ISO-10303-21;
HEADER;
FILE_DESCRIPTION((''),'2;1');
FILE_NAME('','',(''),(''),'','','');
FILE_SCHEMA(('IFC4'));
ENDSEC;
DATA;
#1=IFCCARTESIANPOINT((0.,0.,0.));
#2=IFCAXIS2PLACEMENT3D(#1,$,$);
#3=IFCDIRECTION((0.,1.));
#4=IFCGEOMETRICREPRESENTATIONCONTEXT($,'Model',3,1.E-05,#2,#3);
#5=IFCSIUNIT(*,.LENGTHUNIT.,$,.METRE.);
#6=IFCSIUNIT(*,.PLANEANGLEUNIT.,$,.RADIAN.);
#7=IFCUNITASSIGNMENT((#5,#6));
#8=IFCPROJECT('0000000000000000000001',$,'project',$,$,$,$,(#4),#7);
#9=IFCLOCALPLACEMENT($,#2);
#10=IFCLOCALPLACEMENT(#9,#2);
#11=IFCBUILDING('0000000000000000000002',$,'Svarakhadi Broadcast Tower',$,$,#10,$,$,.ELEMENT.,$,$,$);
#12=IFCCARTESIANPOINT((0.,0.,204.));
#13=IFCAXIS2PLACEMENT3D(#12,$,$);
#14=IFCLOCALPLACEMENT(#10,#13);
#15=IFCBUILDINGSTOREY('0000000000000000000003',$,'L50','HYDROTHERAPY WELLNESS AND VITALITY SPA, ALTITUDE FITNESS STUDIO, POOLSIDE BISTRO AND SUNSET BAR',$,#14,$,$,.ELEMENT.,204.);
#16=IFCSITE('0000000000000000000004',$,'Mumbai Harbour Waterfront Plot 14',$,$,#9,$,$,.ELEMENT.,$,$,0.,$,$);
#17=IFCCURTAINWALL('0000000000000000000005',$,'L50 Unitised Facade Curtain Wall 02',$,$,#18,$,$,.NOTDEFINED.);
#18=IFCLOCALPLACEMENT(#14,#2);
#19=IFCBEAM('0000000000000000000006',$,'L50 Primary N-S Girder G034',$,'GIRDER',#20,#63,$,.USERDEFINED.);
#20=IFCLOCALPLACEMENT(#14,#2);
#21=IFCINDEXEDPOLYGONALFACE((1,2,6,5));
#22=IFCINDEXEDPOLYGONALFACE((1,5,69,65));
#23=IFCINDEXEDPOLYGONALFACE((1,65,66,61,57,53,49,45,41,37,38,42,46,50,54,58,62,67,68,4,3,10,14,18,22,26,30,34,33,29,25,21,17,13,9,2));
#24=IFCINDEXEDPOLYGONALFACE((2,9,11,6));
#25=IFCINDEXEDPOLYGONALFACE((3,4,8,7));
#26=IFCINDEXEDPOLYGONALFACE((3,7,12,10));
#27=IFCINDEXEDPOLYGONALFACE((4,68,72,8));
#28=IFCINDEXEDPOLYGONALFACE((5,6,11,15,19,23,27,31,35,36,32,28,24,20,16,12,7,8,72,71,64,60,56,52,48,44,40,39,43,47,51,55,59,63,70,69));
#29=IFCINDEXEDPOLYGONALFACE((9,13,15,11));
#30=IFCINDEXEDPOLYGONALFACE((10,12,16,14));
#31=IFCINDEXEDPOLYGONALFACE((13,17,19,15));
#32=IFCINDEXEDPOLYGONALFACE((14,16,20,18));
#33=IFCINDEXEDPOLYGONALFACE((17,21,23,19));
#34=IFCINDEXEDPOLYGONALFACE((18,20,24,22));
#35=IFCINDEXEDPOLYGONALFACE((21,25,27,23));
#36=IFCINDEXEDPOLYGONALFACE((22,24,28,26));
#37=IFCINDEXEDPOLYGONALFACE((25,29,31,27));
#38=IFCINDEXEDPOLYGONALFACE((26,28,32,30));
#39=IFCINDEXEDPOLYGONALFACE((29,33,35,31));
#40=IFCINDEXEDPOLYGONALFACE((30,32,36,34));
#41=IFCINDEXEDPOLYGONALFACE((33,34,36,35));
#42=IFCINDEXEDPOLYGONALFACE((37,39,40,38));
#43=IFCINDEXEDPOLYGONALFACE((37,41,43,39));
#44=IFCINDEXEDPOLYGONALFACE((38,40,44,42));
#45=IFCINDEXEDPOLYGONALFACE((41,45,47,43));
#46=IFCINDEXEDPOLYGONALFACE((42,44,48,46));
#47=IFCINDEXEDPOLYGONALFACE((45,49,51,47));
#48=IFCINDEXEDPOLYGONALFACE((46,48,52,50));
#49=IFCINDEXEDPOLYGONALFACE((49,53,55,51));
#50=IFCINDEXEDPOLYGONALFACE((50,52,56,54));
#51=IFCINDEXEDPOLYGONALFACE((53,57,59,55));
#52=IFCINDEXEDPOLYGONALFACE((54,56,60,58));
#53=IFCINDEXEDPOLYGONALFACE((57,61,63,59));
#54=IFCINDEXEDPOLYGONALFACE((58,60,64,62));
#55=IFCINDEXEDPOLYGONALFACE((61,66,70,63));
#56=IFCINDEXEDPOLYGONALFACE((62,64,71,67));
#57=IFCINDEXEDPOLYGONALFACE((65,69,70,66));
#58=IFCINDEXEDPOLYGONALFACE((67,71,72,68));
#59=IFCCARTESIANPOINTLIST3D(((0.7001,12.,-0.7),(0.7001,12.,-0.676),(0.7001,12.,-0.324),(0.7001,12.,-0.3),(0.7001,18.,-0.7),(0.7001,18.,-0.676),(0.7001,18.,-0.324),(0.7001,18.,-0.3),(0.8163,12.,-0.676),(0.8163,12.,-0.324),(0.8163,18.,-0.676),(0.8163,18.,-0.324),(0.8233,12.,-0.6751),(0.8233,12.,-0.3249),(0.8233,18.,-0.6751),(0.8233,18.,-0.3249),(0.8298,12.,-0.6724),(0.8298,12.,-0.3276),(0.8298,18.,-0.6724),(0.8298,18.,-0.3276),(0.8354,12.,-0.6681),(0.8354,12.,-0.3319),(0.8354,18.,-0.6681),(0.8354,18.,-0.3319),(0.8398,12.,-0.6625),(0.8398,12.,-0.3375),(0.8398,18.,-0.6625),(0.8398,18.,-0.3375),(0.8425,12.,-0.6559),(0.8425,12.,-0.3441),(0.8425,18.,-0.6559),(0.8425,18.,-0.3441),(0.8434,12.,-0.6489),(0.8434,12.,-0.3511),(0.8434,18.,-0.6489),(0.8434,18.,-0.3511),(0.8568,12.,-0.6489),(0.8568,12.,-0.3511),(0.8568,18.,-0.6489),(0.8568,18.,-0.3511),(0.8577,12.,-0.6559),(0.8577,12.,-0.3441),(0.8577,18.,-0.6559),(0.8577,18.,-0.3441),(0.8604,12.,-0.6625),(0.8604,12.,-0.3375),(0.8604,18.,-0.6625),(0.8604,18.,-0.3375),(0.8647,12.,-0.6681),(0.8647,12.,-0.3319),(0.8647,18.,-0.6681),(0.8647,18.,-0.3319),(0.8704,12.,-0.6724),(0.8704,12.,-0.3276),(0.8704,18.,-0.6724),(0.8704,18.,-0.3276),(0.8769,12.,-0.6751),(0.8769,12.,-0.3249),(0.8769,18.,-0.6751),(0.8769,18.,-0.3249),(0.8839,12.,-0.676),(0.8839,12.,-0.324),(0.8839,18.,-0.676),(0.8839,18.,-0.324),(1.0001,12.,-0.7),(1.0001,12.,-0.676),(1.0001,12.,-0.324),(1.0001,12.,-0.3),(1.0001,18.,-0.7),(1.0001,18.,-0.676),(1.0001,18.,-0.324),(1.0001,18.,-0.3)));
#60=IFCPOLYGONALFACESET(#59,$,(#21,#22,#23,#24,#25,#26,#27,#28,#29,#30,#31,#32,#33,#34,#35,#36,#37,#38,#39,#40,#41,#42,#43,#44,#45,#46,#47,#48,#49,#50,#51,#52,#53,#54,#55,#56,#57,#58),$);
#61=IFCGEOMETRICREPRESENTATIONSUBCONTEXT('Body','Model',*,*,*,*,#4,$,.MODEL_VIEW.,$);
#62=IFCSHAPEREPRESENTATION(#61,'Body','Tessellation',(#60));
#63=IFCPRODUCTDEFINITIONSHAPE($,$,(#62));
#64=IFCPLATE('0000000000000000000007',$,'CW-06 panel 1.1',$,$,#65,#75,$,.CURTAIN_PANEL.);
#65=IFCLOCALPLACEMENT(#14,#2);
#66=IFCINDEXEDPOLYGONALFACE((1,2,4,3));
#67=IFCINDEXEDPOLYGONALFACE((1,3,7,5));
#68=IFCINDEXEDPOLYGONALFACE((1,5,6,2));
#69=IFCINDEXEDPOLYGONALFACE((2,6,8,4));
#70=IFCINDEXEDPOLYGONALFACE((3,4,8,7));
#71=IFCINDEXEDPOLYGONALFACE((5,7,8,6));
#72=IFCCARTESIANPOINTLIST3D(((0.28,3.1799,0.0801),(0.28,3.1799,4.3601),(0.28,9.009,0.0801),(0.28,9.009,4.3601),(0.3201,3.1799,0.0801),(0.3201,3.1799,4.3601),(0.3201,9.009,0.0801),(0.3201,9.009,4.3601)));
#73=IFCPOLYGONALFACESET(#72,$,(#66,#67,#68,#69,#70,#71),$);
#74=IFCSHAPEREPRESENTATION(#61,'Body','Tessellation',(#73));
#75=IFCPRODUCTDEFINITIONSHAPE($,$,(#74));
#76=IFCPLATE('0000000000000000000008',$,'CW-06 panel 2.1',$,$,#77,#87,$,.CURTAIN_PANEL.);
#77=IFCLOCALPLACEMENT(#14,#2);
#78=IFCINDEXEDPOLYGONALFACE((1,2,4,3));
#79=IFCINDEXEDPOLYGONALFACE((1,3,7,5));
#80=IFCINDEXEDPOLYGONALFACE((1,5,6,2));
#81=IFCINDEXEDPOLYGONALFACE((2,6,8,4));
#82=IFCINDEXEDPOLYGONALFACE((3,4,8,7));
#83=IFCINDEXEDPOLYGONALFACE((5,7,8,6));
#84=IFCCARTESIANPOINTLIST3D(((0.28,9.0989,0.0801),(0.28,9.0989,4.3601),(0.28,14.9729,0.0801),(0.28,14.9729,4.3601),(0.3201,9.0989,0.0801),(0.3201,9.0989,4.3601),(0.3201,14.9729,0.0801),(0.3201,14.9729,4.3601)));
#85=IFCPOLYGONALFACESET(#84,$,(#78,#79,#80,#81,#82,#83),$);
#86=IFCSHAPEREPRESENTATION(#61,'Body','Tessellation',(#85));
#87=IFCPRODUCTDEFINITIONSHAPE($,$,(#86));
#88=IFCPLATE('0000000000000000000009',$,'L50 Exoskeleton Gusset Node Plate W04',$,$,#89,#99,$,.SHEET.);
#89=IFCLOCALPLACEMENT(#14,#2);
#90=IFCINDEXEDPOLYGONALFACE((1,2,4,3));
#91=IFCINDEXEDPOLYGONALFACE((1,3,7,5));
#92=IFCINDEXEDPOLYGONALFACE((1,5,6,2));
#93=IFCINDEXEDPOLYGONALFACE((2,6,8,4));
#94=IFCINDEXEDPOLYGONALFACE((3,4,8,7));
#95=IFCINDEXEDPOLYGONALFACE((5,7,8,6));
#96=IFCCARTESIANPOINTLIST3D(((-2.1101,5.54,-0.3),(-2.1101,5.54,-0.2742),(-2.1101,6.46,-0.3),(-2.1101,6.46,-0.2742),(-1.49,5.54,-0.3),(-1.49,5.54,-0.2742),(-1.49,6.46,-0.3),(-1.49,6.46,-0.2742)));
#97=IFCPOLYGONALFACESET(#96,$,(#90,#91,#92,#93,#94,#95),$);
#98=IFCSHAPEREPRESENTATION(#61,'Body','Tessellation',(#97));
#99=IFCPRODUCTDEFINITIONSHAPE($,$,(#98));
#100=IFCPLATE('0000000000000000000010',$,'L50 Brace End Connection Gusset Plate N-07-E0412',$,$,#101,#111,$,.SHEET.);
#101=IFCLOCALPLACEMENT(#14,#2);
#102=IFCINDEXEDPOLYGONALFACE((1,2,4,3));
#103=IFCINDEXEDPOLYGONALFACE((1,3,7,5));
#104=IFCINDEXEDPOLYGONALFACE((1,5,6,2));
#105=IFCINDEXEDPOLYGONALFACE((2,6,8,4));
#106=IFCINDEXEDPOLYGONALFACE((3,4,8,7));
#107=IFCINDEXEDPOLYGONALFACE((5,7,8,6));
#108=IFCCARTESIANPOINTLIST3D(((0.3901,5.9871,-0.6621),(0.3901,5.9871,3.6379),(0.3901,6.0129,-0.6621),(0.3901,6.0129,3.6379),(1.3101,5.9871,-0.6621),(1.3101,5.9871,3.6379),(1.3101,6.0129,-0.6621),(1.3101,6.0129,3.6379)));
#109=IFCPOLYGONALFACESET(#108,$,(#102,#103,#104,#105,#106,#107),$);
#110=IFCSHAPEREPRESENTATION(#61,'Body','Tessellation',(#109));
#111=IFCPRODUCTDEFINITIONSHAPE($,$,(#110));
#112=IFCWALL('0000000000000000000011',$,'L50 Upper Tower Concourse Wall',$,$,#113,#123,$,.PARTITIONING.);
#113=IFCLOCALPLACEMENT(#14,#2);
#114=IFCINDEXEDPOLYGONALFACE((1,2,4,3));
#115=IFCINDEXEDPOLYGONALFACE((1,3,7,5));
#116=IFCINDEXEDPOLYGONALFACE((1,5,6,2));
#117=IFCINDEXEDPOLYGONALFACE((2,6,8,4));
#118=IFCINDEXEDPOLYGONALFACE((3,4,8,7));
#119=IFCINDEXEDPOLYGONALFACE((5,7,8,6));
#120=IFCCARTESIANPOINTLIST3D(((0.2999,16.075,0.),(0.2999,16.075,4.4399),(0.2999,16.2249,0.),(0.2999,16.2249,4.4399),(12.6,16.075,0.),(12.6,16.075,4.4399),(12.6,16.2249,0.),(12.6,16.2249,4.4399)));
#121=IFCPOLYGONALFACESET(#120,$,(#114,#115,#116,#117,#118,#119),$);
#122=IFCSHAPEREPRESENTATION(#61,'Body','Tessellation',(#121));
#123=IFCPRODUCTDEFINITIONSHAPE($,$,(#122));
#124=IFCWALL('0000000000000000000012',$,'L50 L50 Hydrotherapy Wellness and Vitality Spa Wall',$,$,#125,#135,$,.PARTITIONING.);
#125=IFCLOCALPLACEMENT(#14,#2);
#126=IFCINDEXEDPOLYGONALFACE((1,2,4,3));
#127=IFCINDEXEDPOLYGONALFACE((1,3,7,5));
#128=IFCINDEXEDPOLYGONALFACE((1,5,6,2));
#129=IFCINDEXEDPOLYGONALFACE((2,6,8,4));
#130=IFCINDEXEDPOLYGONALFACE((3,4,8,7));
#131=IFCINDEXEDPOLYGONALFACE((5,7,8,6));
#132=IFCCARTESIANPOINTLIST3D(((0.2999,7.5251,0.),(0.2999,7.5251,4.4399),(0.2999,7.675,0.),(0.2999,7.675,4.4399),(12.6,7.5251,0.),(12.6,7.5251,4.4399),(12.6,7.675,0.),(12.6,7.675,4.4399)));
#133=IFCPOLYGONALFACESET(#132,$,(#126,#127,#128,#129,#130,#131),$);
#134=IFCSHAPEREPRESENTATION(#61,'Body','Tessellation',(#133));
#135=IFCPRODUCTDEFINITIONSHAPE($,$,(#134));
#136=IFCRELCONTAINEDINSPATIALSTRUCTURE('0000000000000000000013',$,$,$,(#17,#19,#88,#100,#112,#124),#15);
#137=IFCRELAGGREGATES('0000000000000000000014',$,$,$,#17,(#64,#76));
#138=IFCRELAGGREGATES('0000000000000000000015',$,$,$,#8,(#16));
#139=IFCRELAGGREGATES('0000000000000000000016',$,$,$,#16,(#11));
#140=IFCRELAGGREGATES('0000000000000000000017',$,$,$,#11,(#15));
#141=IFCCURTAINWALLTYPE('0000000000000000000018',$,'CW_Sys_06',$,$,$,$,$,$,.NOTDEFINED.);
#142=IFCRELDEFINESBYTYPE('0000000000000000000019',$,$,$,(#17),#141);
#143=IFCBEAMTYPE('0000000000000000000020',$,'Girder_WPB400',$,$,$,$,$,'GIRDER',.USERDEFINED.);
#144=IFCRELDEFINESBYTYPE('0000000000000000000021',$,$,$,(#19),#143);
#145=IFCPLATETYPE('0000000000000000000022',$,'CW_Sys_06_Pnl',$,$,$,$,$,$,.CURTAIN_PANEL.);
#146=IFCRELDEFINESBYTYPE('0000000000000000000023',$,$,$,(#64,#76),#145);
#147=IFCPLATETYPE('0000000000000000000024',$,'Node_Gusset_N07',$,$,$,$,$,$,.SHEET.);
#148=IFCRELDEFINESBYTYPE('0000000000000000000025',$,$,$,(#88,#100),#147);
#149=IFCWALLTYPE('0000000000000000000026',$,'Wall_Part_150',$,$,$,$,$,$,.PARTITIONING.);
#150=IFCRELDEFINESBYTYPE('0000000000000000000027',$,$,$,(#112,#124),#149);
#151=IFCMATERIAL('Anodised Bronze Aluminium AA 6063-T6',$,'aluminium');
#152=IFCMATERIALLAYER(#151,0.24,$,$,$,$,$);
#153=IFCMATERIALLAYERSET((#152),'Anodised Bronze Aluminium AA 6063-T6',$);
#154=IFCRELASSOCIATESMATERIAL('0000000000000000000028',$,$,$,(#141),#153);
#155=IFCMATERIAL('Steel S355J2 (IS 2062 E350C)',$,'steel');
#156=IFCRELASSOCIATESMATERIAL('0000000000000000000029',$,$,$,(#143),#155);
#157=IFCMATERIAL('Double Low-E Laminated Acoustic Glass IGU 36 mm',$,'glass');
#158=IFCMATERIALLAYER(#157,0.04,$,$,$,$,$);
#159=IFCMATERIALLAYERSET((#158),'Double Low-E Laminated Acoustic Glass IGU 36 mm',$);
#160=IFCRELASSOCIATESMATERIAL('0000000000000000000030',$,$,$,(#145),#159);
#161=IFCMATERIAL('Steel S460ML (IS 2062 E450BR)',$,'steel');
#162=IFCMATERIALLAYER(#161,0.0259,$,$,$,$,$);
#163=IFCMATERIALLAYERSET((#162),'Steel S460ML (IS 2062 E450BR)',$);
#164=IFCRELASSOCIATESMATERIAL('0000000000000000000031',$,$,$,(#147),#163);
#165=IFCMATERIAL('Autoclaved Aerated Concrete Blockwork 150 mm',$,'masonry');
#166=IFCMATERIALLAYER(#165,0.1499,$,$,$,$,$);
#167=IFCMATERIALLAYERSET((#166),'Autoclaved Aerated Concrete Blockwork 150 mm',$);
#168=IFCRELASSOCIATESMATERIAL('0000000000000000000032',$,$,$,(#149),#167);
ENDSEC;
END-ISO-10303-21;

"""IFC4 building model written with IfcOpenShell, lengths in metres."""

from ifc_helpers import new_model, si_unit, direction, frame, frame_2d, origin, origin_2d, place, context, subcontext, project, spatial, rectangle, i_section, extrude, material, layer, layer_set, material_profile, profile_set, type_object, element, aggregate, save


model = new_model("IFC4")

# Units and contexts
model_context = context("Model", 3, precision=1e-05, world=origin(), true_north=direction((0.0, 1.0)))
body_context = subcontext(model_context, "Body", "Model", "MODEL_VIEW")
ifc_project = project(units=[si_unit("LENGTHUNIT", "METRE"), si_unit("PLANEANGLEUNIT", "RADIAN")], contexts=[model_context])

# Site, building, storey
site_placement = place(None, origin())
site = spatial("IfcSite", under=ifc_project, at=site_placement, Name="Mumbai Harbour Waterfront Plot 14", CompositionType="ELEMENT", RefElevation=0.0)
building_placement = place(site_placement, origin())
building = spatial("IfcBuilding", under=site, at=building_placement, Name="Svarakhadi Broadcast Tower", CompositionType="ELEMENT")
storey_placement = place(building_placement, frame((0.0, 0.0, 204.0)))
storey = spatial("IfcBuildingStorey", under=building, at=storey_placement, Name="L50", Description="HYDROTHERAPY WELLNESS AND VITALITY SPA, ALTITUDE FITNESS STUDIO, POOLSIDE BISTRO AND SUNSET BAR", CompositionType="ELEMENT", Elevation=204.0)

# Shared definitions
ifc_material_1 = material(Name="Steel S460ML (IS 2062 E450BR)", Category="steel")

# Shared definitions
ifc_material_2 = material(Name="Steel S355J2 (IS 2062 E350C)", Category="steel")

# Curtain wall
ifc_material_3 = material(Name="Anodised Bronze Aluminium AA 6063-T6", Category="aluminium")
ifc_layer_1 = layer(ifc_material_3, 0.24)
ifc_layer_set_1 = layer_set([ifc_layer_1], Name="Anodised Bronze Aluminium AA 6063-T6")
curtain_wall_type = type_object("IfcCurtainWallType", Name="CW_Sys_06", PredefinedType="NOTDEFINED", material=ifc_layer_set_1)
curtain_wall_placement = place(storey_placement, origin())
curtain_wall = element("IfcCurtainWall", 1, at=curtain_wall_placement, inside=storey, type_object=curtain_wall_type, Name="L50 Unitised Facade Curtain Wall 02", PredefinedType="NOTDEFINED")

# Beam
ifc_material_profile_1 = material_profile(ifc_material_2, i_section(OverallWidth=0.3, OverallDepth=0.3999, WebThickness=0.0134, FlangeThickness=0.0239, FilletRadius=0.0271, at=origin_2d()), Name="WPB 400x300x155")
ifc_profile_set_1 = profile_set([ifc_material_profile_1], Name="Steel S355J2 (IS 2062 E350C)")
beam_type_1 = type_object("IfcBeamType", Name="Girder_WPB400", ElementType="GIRDER", PredefinedType="USERDEFINED", material=ifc_profile_set_1)
for number, where, z_axis, x_axis, name in (
    (2, (0.8501, 12.0, -0.5), (0.0, 1.0, 0.0), (-1.0, 0.0, 0.0), "L50 Primary N-S Girder G034"),
):
    element("IfcBeam", number, at=place(storey_placement, frame(where, z_axis=z_axis, x_axis=x_axis)), inside=storey, type_object=beam_type_1, Name=name, ObjectType="GIRDER", PredefinedType="USERDEFINED", context=body_context, shape_type="SweptSolid", body=[
        extrude(i_section(OverallWidth=0.3, OverallDepth=0.3999, WebThickness=0.0134, FlangeThickness=0.0239, FilletRadius=0.0271, at=origin_2d()), origin(), (0.0, 0.0, 1.0), 6.0),
    ])

# Plates
ifc_material_4 = material(Name="Double Low-E Laminated Acoustic Glass IGU 36 mm", Category="glass")
ifc_layer_2 = layer(ifc_material_4, 0.04)
ifc_layer_set_2 = layer_set([ifc_layer_2], Name="Double Low-E Laminated Acoustic Glass IGU 36 mm")
plate_type_1 = type_object("IfcPlateType", Name="CW_Sys_06_Pnl", PredefinedType="CURTAIN_PANEL", material=ifc_layer_set_2)
plate_1_placement = place(storey_placement, frame((0.3, 6.0945, 0.0801), z_axis=(0.0, 0.0, 1.0), x_axis=(0.0, 1.0, 0.0)))
plate_1 = element("IfcPlate", 3, at=plate_1_placement, type_object=plate_type_1, Name="CW-06 panel 1.1", PredefinedType="CURTAIN_PANEL", context=body_context, shape_type="SweptSolid", body=[
    extrude(rectangle(XDim=5.8291, YDim=0.04, at=origin_2d()), origin(), (0.0, 0.0, 1.0), 4.28),
])
plate_2_placement = place(storey_placement, frame((0.3, 12.0359, 0.0801), z_axis=(0.0, 0.0, 1.0), x_axis=(0.0, 1.0, 0.0)))
plate_2 = element("IfcPlate", 4, at=plate_2_placement, type_object=plate_type_1, Name="CW-06 panel 2.1", PredefinedType="CURTAIN_PANEL", context=body_context, shape_type="SweptSolid", body=[
    extrude(rectangle(XDim=5.874, YDim=0.04, at=origin_2d()), origin(), (0.0, 0.0, 1.0), 4.28),
])
aggregate(curtain_wall, [plate_1, plate_2])

# Plates
ifc_layer_3 = layer(ifc_material_1, 0.0259)
ifc_layer_set_3 = layer_set([ifc_layer_3], Name="Steel S460ML (IS 2062 E450BR)")
plate_type_2 = type_object("IfcPlateType", Name="Node_Gusset_N07", PredefinedType="SHEET", material=ifc_layer_set_3)
plate_3_placement = place(storey_placement, frame((-1.8, 6.0, -0.3), z_axis=(0.0, 0.0, 1.0), x_axis=(0.0, 1.0, 0.0)))
element("IfcPlate", 5, at=plate_3_placement, inside=storey, type_object=plate_type_2, Name="L50 Exoskeleton Gusset Node Plate W04", PredefinedType="SHEET", context=body_context, shape_type="SweptSolid", body=[
    extrude(rectangle(XDim=0.9199, YDim=0.6201, at=origin_2d()), origin(), (0.0, 0.0, 1.0), 0.0259),
])
plate_4_placement = place(storey_placement, frame((0.8501, 6.0, -0.6621), z_axis=(0.0, 0.0, 1.0), x_axis=(1.0, 0.0, 0.0)))
element("IfcPlate", 6, at=plate_4_placement, inside=storey, type_object=plate_type_2, Name="L50 Brace End Connection Gusset Plate N-07-E0412", PredefinedType="SHEET", context=body_context, shape_type="SweptSolid", body=[
    extrude(rectangle(XDim=0.9199, YDim=0.0259, at=origin_2d()), origin(), (0.0, 0.0, 1.0), 4.3),
])

# Walls
ifc_material_5 = material(Name="Autoclaved Aerated Concrete Blockwork 150 mm", Category="masonry")
ifc_layer_4 = layer(ifc_material_5, 0.1499)
ifc_layer_set_4 = layer_set([ifc_layer_4], Name="Autoclaved Aerated Concrete Blockwork 150 mm")
wall_type = type_object("IfcWallType", Name="Wall_Part_150", PredefinedType="PARTITIONING", material=ifc_layer_set_4)
for number, where, z_axis, x_axis, name in (
    (7, (0.3, 16.1499, 0.0), (0.0, 0.0, 1.0), (1.0, 0.0, 0.0), "L50 Upper Tower Concourse Wall"),
    (8, (0.3, 7.6001, 0.0), (0.0, 0.0, 1.0), (1.0, 0.0, 0.0), "L50 L50 Hydrotherapy Wellness and Vitality Spa Wall"),
):
    element("IfcWall", number, at=place(storey_placement, frame(where, z_axis=z_axis, x_axis=x_axis)), inside=storey, type_object=wall_type, Name=name, PredefinedType="PARTITIONING", context=body_context, shape_type="SweptSolid", body=[
        extrude(rectangle(XDim=12.3, YDim=0.1499, at=frame_2d((6.1499, 0.0))), origin(), (0.0, 0.0, 1.0), 4.4399),
    ])

save(model, "model.ifc")
